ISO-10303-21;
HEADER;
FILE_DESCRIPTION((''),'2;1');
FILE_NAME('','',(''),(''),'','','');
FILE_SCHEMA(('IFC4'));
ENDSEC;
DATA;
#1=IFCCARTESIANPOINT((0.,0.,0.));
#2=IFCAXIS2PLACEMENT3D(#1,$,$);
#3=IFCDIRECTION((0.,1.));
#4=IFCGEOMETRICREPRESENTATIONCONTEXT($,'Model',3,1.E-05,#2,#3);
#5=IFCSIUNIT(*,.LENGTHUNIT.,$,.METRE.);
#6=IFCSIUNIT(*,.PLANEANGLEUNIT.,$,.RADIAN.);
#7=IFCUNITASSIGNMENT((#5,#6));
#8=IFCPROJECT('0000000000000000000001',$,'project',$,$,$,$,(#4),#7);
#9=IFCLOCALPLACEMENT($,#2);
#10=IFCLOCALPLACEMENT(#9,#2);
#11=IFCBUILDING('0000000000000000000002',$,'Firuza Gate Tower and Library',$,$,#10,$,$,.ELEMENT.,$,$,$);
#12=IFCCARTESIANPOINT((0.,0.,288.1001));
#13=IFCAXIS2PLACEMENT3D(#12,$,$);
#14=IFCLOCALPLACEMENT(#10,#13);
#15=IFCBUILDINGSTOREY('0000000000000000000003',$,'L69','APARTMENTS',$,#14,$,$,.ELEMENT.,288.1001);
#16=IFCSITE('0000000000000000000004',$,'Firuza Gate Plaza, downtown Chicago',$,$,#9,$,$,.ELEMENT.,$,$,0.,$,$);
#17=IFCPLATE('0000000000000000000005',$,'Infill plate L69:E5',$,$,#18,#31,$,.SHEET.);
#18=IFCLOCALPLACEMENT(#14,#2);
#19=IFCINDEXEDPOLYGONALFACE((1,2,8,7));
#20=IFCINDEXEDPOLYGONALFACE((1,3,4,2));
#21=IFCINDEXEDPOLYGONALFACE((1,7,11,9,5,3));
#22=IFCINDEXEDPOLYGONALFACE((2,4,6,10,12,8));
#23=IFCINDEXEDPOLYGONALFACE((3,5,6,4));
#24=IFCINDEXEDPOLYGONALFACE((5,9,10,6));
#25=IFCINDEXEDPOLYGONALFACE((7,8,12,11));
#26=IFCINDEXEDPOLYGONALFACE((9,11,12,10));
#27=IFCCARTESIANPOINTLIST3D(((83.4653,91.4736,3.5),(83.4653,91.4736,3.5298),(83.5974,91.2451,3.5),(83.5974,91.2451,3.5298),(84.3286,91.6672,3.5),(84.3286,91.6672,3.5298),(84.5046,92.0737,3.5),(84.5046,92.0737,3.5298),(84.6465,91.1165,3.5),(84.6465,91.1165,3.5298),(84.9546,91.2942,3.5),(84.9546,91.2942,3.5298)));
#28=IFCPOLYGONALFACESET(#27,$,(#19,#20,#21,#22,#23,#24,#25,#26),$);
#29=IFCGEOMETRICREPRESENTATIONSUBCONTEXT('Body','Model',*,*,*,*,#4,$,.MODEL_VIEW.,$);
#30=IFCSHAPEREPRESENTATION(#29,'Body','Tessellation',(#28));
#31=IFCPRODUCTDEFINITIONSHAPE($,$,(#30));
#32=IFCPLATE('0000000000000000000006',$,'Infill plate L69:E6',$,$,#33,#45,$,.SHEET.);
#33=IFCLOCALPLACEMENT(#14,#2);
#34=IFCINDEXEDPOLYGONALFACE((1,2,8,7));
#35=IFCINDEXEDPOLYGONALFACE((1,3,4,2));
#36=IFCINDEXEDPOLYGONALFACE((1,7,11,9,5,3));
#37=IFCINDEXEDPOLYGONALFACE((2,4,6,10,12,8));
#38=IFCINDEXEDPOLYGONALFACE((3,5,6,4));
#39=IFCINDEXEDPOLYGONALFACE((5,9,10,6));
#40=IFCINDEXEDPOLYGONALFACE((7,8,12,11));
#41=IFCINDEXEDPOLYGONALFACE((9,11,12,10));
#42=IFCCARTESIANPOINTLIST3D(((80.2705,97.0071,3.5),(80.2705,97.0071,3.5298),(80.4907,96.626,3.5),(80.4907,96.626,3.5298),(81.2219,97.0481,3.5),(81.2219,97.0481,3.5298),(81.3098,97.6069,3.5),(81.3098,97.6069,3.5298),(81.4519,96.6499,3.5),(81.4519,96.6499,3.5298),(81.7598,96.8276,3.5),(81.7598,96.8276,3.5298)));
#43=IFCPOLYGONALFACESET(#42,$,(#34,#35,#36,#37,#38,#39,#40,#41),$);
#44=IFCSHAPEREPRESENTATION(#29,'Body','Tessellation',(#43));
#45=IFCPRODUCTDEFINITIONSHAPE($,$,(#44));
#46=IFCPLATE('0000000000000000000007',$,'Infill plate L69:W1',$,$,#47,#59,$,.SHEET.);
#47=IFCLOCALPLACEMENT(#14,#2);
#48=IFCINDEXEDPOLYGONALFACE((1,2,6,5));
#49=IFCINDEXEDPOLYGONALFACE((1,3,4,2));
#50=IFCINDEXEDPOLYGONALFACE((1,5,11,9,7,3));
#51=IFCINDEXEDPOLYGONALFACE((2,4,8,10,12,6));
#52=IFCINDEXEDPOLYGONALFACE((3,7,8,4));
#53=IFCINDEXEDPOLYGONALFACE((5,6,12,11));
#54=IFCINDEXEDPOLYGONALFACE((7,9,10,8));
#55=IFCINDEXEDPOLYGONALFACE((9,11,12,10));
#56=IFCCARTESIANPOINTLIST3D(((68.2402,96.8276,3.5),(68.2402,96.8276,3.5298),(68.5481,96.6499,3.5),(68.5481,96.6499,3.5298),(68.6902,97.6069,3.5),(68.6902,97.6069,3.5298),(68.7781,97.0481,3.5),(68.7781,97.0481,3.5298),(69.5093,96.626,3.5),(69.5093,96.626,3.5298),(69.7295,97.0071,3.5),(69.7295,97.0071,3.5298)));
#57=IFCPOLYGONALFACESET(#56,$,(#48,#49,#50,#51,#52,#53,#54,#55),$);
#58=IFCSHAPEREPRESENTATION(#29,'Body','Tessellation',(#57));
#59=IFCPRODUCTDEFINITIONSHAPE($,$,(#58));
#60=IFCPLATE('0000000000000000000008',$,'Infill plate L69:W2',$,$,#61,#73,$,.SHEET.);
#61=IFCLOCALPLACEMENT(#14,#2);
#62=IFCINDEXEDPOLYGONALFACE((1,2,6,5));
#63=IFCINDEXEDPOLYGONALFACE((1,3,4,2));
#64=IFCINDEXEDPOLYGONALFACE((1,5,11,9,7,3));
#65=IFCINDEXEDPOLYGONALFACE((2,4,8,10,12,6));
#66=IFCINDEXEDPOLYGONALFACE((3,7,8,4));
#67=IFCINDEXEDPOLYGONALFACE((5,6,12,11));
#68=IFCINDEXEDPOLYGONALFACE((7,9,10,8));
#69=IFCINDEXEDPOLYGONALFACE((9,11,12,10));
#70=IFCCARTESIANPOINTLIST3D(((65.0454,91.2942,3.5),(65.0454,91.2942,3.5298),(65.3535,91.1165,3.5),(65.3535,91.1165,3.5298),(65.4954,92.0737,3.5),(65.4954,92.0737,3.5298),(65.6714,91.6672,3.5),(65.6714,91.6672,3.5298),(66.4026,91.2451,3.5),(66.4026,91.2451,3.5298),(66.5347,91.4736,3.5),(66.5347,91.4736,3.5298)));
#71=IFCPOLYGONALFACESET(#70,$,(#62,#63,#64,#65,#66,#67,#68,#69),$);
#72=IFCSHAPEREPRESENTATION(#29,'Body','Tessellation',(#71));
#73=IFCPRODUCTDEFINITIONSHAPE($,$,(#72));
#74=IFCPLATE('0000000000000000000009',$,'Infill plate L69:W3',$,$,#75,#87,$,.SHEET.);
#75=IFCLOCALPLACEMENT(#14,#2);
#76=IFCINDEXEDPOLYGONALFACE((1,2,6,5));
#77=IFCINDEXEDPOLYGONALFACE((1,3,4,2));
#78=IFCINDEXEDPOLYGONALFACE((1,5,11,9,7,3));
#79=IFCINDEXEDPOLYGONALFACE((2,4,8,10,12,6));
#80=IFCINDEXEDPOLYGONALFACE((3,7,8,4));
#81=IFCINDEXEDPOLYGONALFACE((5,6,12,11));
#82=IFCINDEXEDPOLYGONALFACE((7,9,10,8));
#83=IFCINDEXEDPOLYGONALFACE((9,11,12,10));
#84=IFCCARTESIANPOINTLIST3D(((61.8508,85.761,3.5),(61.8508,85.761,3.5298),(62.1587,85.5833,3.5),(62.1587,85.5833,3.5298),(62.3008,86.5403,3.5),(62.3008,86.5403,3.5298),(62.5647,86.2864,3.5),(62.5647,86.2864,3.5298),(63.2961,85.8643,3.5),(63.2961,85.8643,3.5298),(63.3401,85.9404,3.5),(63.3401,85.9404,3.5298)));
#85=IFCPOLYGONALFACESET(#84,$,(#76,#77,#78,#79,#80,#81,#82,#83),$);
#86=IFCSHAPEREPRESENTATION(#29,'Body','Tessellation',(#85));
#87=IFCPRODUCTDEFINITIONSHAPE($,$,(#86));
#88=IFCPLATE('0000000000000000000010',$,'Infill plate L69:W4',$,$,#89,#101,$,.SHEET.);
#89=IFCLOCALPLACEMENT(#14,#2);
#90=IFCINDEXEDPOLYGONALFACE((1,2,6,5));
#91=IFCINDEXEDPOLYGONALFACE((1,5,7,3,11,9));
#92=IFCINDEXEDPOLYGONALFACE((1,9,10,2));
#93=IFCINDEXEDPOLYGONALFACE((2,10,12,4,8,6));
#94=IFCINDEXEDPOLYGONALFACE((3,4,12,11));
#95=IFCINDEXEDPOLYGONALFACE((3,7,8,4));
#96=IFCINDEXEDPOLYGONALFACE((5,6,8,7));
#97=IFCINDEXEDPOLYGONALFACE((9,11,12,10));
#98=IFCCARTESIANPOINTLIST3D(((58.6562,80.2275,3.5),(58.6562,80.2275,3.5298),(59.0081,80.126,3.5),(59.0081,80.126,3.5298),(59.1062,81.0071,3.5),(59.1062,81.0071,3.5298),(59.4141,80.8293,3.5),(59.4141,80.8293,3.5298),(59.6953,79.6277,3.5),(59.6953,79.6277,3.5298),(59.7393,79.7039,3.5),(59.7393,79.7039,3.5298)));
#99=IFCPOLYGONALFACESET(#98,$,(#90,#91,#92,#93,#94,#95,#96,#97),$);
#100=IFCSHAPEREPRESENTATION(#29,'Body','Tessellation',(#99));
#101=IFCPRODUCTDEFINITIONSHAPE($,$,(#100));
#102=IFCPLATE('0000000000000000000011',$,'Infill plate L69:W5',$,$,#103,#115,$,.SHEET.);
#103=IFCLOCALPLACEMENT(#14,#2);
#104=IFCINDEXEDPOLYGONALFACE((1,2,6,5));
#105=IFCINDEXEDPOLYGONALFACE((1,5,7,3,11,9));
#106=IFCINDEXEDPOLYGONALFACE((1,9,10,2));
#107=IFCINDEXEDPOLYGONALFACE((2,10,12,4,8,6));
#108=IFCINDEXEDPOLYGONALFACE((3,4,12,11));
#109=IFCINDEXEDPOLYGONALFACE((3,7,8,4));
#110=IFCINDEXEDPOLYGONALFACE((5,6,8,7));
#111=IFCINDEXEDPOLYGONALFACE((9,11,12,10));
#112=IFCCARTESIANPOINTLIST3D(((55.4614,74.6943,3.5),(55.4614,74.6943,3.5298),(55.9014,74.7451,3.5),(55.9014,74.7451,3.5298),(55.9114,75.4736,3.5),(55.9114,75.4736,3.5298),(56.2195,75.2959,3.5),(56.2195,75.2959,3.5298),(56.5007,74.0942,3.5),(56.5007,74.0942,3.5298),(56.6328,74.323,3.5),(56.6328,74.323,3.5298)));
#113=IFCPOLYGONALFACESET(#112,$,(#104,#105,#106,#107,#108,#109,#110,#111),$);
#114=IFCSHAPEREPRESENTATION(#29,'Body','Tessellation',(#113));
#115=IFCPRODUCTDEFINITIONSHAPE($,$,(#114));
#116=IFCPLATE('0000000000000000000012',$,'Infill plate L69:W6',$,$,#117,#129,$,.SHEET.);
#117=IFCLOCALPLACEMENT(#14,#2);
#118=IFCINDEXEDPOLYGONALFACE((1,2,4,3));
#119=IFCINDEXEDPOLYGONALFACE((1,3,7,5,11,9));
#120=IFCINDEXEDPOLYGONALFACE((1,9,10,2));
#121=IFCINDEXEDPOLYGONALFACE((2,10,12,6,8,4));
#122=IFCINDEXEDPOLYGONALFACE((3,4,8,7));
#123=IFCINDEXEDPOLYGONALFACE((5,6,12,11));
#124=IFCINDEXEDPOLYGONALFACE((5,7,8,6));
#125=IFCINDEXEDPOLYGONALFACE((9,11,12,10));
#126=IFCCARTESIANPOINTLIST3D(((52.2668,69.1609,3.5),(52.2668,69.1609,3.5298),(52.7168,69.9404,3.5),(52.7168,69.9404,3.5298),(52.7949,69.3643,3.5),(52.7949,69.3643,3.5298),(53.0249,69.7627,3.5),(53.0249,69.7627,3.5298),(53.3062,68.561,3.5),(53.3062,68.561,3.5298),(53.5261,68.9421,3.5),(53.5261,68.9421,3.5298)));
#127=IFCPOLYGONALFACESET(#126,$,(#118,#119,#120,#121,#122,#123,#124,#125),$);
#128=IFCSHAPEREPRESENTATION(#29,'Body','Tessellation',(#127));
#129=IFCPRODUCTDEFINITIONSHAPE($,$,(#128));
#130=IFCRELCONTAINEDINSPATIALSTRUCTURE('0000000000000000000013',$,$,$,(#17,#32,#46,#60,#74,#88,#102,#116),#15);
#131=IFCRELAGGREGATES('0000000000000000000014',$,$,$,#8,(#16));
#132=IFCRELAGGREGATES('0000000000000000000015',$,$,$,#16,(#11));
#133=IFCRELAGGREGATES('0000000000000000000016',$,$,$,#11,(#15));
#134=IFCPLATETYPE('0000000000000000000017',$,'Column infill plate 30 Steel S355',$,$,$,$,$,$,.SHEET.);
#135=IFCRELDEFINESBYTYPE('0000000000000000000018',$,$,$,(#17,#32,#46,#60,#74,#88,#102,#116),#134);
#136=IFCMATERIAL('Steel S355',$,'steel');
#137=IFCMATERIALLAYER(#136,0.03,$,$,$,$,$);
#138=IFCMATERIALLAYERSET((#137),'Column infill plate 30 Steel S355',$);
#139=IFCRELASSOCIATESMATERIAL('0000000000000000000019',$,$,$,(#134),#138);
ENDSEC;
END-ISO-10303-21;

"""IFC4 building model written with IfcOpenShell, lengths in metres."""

from ifc_helpers import new_model, si_unit, direction, frame, origin, place, context, subcontext, project, spatial, polyline, outline, extrude, material, layer, layer_set, type_object, element, save


model = new_model("IFC4")

# Units and contexts
model_context = context("Model", 3, precision=1e-05, world=origin(), true_north=direction((0.0, 1.0)))
body_context = subcontext(model_context, "Body", "Model", "MODEL_VIEW")
ifc_project = project(units=[si_unit("LENGTHUNIT", "METRE"), si_unit("PLANEANGLEUNIT", "RADIAN")], contexts=[model_context])

# Site, building, storey
site_placement = place(None, origin())
site = spatial("IfcSite", under=ifc_project, at=site_placement, Name="Firuza Gate Plaza, downtown Chicago", CompositionType="ELEMENT", RefElevation=0.0)
building_placement = place(site_placement, origin())
building = spatial("IfcBuilding", under=site, at=building_placement, Name="Firuza Gate Tower and Library", CompositionType="ELEMENT")
storey_placement = place(building_placement, frame((0.0, 0.0, 288.1001)))
storey = spatial("IfcBuildingStorey", under=building, at=storey_placement, Name="L69", Description="APARTMENTS", CompositionType="ELEMENT", Elevation=288.1001)

# Plates
ifc_material_1 = material(Name="Steel S355", Category="steel")
ifc_layer_1 = layer(ifc_material_1, 0.03)
ifc_layer_set_1 = layer_set([ifc_layer_1], Name="Column infill plate 30 Steel S355")
plate_type_1 = type_object("IfcPlateType", Name="Column infill plate 30 Steel S355", PredefinedType="SHEET", material=ifc_layer_set_1)
placement_1 = place(storey_placement, frame((0.0, 0.0, 3.5)))
element("IfcPlate", 1, at=placement_1, inside=storey, type_object=plate_type_1, Name="Infill plate L69:E5", PredefinedType="SHEET", context=body_context, shape_type="SweptSolid", body=[
    extrude(outline(polyline([(83.4653, 91.4736), (83.5974, 91.2451), (84.3286, 91.6672), (84.6465, 91.1165), (84.9546, 91.2942), (84.5046, 92.0737), (83.4653, 91.4736)])), origin(), (0.0, 0.0, 1.0), 0.0298),
])
element("IfcPlate", 2, at=placement_1, inside=storey, type_object=plate_type_1, Name="Infill plate L69:E6", PredefinedType="SHEET", context=body_context, shape_type="SweptSolid", body=[
    extrude(outline(polyline([(80.2705, 97.0071), (80.4907, 96.626), (81.2219, 97.0481), (81.4519, 96.6499), (81.7598, 96.8276), (81.3098, 97.6069), (80.2705, 97.0071)])), origin(), (0.0, 0.0, 1.0), 0.0298),
])
element("IfcPlate", 3, at=placement_1, inside=storey, type_object=plate_type_1, Name="Infill plate L69:W1", PredefinedType="SHEET", context=body_context, shape_type="SweptSolid", body=[
    extrude(outline(polyline([(68.2402, 96.8276), (68.5481, 96.6499), (68.7781, 97.0481), (69.5093, 96.626), (69.7295, 97.0071), (68.6902, 97.6069), (68.2402, 96.8276)])), origin(), (0.0, 0.0, 1.0), 0.0298),
])
element("IfcPlate", 4, at=placement_1, inside=storey, type_object=plate_type_1, Name="Infill plate L69:W2", PredefinedType="SHEET", context=body_context, shape_type="SweptSolid", body=[
    extrude(outline(polyline([(65.0454, 91.2942), (65.3535, 91.1165), (65.6714, 91.6672), (66.4026, 91.2451), (66.5347, 91.4736), (65.4954, 92.0737), (65.0454, 91.2942)])), origin(), (0.0, 0.0, 1.0), 0.0298),
])
element("IfcPlate", 5, at=placement_1, inside=storey, type_object=plate_type_1, Name="Infill plate L69:W3", PredefinedType="SHEET", context=body_context, shape_type="SweptSolid", body=[
    extrude(outline(polyline([(61.8508, 85.761), (62.1587, 85.5833), (62.5647, 86.2864), (63.2961, 85.8643), (63.3401, 85.9404), (62.3008, 86.5403), (61.8508, 85.761)])), origin(), (0.0, 0.0, 1.0), 0.0298),
])
element("IfcPlate", 6, at=placement_1, inside=storey, type_object=plate_type_1, Name="Infill plate L69:W4", PredefinedType="SHEET", context=body_context, shape_type="SweptSolid", body=[
    extrude(outline(polyline([(59.6953, 79.6277), (59.7393, 79.7039), (59.0081, 80.126), (59.4141, 80.8293), (59.1062, 81.0071), (58.6562, 80.2275), (59.6953, 79.6277)])), origin(), (0.0, 0.0, 1.0), 0.0298),
])
element("IfcPlate", 7, at=placement_1, inside=storey, type_object=plate_type_1, Name="Infill plate L69:W5", PredefinedType="SHEET", context=body_context, shape_type="SweptSolid", body=[
    extrude(outline(polyline([(56.5007, 74.0942), (56.6328, 74.323), (55.9014, 74.7451), (56.2195, 75.2959), (55.9114, 75.4736), (55.4614, 74.6943), (56.5007, 74.0942)])), origin(), (0.0, 0.0, 1.0), 0.0298),
])
element("IfcPlate", 8, at=placement_1, inside=storey, type_object=plate_type_1, Name="Infill plate L69:W6", PredefinedType="SHEET", context=body_context, shape_type="SweptSolid", body=[
    extrude(outline(polyline([(53.3062, 68.561), (53.5261, 68.9421), (52.7949, 69.3643), (53.0249, 69.7627), (52.7168, 69.9404), (52.2668, 69.1609), (53.3062, 68.561)])), origin(), (0.0, 0.0, 1.0), 0.0298),
])

save(model, "model.ifc")
